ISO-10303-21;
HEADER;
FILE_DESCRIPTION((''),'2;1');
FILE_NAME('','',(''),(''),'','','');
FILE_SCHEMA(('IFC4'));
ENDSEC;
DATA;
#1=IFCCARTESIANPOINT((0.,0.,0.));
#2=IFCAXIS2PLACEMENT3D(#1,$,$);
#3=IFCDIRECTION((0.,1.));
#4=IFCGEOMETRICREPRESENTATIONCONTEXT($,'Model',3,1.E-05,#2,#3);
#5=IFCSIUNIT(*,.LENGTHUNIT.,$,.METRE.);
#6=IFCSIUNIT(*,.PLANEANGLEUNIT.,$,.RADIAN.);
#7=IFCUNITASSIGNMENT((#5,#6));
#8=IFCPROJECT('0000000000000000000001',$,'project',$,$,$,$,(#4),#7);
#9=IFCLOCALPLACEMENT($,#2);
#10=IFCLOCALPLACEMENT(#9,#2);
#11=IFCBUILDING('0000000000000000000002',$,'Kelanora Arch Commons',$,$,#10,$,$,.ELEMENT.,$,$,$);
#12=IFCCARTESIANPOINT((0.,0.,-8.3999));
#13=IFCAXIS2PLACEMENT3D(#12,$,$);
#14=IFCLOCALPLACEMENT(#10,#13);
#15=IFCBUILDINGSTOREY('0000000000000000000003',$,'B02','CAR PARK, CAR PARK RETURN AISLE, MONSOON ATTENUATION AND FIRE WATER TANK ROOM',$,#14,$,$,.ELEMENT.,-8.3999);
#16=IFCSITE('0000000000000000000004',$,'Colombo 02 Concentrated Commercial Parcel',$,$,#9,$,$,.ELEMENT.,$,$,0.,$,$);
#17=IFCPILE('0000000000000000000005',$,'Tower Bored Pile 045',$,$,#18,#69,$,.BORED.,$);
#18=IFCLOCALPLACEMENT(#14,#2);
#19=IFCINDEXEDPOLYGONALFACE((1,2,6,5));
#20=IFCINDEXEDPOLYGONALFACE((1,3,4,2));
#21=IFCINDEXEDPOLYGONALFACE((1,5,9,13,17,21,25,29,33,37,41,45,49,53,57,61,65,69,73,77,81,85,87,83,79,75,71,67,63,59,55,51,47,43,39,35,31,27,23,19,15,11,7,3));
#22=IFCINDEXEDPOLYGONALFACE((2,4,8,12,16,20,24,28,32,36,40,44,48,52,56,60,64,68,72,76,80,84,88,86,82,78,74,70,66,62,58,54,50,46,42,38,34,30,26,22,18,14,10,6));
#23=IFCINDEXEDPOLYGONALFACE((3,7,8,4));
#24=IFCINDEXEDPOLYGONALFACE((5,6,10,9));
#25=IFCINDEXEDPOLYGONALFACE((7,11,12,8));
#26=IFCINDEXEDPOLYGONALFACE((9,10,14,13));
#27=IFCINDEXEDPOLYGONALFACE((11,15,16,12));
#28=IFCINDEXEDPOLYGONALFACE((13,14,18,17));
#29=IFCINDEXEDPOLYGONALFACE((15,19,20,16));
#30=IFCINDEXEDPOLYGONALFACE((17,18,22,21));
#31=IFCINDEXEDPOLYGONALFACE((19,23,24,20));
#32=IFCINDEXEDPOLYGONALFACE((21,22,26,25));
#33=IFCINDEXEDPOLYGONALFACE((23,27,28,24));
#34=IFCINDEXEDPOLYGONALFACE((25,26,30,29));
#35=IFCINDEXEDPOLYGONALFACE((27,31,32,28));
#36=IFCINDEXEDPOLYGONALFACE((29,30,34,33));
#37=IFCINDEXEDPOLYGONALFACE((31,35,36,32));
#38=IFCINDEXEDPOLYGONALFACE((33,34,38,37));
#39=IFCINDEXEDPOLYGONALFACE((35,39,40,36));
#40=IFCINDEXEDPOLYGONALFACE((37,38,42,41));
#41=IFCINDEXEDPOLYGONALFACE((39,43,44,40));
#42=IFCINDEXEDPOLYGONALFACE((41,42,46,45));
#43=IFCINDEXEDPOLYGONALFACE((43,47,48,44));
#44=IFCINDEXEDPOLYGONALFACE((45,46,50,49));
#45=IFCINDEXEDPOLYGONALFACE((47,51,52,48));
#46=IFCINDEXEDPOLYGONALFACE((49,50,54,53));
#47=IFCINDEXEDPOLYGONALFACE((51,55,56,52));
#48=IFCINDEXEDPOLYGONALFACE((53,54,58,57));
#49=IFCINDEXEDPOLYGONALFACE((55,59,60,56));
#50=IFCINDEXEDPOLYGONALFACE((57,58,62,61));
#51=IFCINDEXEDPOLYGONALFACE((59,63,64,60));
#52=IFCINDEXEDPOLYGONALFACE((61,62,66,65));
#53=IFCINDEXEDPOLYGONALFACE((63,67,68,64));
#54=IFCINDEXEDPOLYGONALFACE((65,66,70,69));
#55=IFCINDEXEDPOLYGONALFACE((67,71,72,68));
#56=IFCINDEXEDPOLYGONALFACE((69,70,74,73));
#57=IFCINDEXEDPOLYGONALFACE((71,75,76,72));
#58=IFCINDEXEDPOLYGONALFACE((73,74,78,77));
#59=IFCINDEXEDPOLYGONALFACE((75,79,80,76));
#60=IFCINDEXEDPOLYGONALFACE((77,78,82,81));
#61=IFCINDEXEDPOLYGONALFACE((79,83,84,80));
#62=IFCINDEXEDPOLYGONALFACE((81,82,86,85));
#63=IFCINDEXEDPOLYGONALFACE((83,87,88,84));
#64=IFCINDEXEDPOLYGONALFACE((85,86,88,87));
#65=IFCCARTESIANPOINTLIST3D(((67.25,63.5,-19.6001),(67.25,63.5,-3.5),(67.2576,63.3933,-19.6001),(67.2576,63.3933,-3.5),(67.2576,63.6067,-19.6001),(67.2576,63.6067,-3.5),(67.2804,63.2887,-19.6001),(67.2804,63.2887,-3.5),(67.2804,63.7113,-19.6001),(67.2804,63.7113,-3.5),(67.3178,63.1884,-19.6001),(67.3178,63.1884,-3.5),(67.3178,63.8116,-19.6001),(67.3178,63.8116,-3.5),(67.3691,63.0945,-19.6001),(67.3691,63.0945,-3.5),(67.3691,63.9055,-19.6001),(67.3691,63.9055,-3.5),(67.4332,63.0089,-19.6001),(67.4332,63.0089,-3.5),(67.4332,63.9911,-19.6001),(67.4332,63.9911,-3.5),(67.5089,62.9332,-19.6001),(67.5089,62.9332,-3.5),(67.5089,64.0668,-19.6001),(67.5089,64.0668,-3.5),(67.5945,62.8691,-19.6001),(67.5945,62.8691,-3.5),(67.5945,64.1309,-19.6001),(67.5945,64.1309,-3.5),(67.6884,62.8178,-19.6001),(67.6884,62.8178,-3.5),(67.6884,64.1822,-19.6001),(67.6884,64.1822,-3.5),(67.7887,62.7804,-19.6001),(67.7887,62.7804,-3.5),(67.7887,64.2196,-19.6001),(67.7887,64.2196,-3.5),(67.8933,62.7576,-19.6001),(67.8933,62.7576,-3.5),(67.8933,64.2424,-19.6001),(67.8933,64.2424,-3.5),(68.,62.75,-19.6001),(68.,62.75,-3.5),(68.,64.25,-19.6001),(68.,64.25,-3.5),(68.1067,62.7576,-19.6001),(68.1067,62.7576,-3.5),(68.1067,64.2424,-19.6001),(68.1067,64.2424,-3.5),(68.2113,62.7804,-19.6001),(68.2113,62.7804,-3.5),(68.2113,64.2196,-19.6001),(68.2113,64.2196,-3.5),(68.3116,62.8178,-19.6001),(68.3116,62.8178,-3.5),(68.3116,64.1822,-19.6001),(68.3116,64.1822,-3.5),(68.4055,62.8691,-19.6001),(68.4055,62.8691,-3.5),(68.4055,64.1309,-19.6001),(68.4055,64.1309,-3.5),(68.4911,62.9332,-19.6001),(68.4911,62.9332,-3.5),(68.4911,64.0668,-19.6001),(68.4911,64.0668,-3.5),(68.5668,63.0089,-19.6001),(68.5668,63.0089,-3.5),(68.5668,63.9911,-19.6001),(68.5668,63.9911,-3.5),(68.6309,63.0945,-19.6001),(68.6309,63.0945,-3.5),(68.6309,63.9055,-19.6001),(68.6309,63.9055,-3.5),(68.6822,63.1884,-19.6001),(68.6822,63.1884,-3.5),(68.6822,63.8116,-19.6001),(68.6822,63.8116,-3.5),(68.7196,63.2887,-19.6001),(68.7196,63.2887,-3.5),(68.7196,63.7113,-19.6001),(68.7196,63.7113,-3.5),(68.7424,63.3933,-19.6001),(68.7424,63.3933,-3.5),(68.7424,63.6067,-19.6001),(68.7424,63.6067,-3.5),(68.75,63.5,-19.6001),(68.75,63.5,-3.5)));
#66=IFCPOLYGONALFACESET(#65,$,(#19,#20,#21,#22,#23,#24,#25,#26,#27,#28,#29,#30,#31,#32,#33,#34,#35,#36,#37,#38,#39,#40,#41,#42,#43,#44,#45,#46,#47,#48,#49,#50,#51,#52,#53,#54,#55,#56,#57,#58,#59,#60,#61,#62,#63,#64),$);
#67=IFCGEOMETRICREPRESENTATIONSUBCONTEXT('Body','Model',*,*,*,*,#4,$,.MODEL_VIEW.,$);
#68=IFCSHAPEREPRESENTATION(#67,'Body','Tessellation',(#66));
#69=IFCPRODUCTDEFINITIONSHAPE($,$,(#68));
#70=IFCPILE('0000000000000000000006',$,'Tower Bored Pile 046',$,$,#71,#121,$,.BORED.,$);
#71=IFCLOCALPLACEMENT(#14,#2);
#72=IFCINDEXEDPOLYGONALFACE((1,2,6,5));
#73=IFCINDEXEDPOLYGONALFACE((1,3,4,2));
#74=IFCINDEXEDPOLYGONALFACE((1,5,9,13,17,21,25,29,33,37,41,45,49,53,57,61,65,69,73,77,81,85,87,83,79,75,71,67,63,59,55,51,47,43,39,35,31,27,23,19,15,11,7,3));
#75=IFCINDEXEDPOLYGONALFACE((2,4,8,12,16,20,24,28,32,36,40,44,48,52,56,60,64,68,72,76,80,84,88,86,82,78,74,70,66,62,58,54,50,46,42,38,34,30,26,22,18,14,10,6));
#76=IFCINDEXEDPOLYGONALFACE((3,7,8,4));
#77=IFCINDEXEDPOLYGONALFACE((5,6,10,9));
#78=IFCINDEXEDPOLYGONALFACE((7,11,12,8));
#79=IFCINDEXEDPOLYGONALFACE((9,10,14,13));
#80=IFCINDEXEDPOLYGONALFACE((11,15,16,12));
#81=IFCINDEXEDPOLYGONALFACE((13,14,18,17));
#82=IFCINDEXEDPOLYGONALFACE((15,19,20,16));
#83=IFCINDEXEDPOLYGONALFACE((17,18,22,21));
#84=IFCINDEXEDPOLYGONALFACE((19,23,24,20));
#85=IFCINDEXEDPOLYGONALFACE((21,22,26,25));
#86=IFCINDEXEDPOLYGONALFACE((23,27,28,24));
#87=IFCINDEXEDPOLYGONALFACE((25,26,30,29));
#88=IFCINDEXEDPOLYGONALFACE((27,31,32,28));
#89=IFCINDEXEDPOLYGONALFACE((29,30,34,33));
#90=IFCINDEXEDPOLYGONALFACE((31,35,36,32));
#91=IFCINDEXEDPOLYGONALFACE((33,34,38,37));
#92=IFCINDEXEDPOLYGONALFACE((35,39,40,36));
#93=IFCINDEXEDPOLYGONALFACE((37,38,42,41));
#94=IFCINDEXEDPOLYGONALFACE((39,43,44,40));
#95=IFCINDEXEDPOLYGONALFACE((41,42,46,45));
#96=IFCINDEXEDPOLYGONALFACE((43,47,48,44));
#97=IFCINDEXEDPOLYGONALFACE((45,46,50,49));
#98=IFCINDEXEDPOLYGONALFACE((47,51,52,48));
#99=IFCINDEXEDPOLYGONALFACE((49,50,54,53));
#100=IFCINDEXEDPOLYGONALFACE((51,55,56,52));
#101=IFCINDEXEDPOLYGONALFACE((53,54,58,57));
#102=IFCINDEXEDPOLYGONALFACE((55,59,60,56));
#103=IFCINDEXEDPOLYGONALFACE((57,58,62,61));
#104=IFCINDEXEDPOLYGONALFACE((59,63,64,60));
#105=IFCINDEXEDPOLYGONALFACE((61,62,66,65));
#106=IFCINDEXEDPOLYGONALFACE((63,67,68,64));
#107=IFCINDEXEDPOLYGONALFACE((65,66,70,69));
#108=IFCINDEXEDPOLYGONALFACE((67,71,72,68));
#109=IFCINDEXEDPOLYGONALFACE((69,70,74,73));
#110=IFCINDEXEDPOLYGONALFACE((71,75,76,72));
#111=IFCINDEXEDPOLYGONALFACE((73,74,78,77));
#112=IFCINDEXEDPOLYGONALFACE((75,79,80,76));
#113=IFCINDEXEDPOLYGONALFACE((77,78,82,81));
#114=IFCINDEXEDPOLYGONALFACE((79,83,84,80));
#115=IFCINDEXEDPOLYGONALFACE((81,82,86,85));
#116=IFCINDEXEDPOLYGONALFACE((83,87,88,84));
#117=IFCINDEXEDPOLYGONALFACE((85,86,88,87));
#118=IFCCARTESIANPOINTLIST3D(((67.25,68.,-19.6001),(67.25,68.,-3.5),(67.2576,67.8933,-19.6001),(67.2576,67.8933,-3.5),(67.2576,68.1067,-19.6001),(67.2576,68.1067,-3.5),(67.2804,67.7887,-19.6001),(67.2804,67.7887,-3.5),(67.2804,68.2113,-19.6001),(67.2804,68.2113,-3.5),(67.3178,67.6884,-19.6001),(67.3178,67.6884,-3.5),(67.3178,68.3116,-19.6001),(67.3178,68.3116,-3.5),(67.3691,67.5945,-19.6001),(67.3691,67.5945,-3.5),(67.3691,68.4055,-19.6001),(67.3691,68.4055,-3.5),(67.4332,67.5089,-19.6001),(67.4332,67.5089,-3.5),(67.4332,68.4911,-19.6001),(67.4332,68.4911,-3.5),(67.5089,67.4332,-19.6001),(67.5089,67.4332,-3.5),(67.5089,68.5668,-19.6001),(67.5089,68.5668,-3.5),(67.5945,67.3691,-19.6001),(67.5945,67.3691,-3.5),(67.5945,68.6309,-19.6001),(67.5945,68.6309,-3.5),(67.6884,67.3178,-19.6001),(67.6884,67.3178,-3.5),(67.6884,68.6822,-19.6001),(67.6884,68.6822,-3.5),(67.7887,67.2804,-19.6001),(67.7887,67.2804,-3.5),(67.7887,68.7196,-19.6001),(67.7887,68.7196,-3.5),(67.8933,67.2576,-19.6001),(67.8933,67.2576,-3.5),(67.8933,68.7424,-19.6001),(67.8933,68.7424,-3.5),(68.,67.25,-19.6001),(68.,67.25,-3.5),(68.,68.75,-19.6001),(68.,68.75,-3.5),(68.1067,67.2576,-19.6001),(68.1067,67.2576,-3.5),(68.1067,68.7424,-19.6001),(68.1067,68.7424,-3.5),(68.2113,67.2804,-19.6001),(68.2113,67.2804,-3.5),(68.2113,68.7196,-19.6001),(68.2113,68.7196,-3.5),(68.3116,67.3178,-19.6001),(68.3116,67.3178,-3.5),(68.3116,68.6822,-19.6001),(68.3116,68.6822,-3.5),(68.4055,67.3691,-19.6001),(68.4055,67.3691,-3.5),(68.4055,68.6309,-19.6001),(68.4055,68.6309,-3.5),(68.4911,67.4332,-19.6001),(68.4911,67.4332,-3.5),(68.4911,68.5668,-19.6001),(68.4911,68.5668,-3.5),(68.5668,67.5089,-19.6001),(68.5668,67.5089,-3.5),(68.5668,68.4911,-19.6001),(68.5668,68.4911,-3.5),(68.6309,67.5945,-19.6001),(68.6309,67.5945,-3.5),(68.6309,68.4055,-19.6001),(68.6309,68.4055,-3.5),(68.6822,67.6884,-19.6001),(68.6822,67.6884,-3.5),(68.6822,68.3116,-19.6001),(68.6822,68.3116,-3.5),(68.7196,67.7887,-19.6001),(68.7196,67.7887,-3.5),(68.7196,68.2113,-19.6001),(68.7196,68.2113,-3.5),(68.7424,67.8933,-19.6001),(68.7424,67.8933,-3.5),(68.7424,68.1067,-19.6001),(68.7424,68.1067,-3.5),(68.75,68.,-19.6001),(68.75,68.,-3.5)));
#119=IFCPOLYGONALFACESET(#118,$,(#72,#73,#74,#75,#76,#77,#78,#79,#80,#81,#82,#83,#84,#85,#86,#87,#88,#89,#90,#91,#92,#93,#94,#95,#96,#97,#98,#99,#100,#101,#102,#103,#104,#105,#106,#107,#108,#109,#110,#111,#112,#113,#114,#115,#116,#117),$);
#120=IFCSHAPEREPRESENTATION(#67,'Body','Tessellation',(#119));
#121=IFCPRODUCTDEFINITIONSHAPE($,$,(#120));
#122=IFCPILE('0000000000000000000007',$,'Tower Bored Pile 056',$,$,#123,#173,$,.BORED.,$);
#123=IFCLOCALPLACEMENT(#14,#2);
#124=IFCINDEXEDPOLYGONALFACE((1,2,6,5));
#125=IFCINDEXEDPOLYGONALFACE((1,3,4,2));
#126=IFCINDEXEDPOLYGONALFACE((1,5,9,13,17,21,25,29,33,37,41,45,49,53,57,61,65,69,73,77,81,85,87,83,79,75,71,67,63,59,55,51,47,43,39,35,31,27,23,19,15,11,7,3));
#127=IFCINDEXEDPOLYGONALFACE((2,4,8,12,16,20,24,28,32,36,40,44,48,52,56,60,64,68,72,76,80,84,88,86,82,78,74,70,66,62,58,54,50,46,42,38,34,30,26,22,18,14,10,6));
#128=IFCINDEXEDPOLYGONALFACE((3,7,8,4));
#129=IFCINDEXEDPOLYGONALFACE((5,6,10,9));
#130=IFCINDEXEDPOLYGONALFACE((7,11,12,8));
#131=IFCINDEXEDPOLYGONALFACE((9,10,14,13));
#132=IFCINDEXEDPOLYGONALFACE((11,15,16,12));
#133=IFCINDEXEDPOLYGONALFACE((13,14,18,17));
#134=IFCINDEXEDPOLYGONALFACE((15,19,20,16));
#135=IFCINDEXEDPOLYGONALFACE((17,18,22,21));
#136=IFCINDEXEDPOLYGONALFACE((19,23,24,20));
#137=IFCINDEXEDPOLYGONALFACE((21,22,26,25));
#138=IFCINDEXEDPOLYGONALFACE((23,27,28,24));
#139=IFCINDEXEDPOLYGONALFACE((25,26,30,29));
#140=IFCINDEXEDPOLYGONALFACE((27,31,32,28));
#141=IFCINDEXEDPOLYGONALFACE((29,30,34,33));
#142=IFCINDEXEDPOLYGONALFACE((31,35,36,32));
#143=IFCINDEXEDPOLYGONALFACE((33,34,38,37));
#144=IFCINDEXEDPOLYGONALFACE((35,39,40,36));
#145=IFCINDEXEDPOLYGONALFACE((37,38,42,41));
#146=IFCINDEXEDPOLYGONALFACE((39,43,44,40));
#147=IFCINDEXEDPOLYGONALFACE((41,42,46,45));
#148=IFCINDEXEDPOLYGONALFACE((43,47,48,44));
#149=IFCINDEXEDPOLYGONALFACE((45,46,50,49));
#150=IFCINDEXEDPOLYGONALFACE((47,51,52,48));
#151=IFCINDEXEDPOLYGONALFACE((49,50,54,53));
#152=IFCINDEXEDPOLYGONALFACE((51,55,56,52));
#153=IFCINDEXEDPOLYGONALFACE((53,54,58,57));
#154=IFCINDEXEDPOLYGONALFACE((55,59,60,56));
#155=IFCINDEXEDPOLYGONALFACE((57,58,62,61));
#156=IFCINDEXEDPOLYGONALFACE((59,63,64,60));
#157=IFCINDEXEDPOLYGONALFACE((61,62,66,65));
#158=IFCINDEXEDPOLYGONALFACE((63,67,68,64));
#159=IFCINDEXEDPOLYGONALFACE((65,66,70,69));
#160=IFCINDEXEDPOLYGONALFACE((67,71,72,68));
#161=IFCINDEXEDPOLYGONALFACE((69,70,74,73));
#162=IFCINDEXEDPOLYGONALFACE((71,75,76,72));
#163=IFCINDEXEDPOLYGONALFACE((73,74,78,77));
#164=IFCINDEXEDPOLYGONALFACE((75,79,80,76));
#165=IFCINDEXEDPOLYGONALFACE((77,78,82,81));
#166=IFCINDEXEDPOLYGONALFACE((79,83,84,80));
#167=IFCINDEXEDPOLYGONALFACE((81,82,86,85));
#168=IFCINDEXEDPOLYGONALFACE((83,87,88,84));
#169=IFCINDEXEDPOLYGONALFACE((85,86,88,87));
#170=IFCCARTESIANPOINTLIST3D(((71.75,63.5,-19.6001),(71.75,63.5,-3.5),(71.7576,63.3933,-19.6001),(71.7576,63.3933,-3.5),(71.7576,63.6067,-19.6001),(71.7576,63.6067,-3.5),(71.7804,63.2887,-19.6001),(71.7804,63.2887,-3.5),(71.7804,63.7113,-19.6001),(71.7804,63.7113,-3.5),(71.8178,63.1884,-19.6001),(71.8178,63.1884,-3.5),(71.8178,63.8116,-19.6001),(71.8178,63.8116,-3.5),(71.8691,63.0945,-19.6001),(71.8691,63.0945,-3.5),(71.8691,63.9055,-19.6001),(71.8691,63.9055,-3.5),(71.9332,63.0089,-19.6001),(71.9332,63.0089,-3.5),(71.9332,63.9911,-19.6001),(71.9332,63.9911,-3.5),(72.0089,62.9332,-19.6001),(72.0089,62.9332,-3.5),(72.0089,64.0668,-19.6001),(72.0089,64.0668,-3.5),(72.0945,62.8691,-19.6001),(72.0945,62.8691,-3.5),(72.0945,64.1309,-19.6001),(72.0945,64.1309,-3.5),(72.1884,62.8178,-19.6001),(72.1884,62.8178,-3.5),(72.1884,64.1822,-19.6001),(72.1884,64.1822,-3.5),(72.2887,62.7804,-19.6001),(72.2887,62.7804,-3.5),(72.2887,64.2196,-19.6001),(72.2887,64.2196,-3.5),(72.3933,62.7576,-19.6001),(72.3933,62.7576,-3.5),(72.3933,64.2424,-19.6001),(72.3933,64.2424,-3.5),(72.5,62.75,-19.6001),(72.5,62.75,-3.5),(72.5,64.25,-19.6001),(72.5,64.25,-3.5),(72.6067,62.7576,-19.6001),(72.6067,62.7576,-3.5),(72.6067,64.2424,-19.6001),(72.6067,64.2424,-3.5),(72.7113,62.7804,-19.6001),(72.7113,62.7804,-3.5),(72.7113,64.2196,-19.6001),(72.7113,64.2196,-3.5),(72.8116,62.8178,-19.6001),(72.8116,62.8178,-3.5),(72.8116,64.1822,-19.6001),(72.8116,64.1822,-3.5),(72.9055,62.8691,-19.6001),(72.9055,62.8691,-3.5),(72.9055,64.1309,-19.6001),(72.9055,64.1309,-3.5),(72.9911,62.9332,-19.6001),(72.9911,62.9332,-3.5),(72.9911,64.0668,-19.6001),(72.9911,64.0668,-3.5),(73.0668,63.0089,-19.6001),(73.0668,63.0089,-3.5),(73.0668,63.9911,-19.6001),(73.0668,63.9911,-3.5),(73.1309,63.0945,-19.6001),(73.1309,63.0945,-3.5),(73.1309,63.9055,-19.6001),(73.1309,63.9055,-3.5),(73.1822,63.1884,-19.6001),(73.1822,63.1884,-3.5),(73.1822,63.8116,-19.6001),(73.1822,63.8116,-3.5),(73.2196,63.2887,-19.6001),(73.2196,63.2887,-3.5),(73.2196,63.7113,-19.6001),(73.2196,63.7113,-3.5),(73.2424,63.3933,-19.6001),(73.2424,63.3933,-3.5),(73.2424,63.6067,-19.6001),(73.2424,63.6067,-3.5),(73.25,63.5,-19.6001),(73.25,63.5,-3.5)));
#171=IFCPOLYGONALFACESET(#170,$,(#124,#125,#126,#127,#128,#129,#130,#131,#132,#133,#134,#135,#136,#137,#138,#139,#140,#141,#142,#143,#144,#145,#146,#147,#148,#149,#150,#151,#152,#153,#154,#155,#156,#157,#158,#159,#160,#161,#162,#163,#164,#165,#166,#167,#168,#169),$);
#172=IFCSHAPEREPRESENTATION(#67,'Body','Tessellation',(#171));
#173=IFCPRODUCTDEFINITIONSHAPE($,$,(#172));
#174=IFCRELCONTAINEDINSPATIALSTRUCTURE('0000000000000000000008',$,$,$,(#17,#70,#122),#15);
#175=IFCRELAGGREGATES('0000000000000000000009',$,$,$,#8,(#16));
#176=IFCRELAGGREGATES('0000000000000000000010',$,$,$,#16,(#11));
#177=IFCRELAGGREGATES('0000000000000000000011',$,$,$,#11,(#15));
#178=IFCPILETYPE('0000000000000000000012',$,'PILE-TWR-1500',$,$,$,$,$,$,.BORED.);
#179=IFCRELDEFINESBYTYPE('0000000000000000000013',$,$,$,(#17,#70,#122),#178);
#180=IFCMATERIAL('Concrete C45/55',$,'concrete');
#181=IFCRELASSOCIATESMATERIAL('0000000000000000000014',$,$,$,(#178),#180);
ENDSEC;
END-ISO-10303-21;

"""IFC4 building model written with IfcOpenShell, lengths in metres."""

from ifc_helpers import new_model, si_unit, direction, frame, origin, origin_2d, place, context, subcontext, project, spatial, circle, extrude, source, transform, mapped, material, material_profile, profile_set, type_object, element, save


model = new_model("IFC4")

# Units and contexts
model_context = context("Model", 3, precision=1e-05, world=origin(), true_north=direction((0.0, 1.0)))
body_context = subcontext(model_context, "Body", "Model", "MODEL_VIEW")
ifc_project = project(units=[si_unit("LENGTHUNIT", "METRE"), si_unit("PLANEANGLEUNIT", "RADIAN")], contexts=[model_context])

# Site, building, storey
site_placement = place(None, origin())
site = spatial("IfcSite", under=ifc_project, at=site_placement, Name="Colombo 02 Concentrated Commercial Parcel", CompositionType="ELEMENT", RefElevation=0.0)
building_placement = place(site_placement, origin())
building = spatial("IfcBuilding", under=site, at=building_placement, Name="Kelanora Arch Commons", CompositionType="ELEMENT")
storey_placement = place(building_placement, frame((0.0, 0.0, -8.3999)))
storey = spatial("IfcBuildingStorey", under=building, at=storey_placement, Name="B02", Description="CAR PARK, CAR PARK RETURN AISLE, MONSOON ATTENUATION AND FIRE WATER TANK ROOM", CompositionType="ELEMENT", Elevation=-8.3999)

# Piles
ifc_material_1 = material(Name="Concrete C45/55", Category="concrete")
ifc_material_profile_1 = material_profile(ifc_material_1, circle(Radius=0.75, at=origin_2d()), Name="PILE1500")
ifc_profile_set_1 = profile_set([ifc_material_profile_1], Name="Concrete C45/55")
pile_type = type_object("IfcPileType", Name="PILE-TWR-1500", PredefinedType="BORED", material=ifc_profile_set_1)
shared_shape = source(origin(), body_context, "Body", "SweptSolid", [
    extrude(circle(Radius=0.75, at=origin_2d()), origin(), (0.0, 0.0, 1.0), 16.1001),
])
for number, where, z_axis, x_axis, name in (
    (1, (68.0, 63.5, -3.5), (0.0, 0.0, -1.0), (1.0, 0.0, 0.0), "Tower Bored Pile 045"),
    (2, (68.0, 68.0, -3.5), (0.0, 0.0, -1.0), (1.0, 0.0, 0.0), "Tower Bored Pile 046"),
    (3, (72.5, 63.5, -3.5), (0.0, 0.0, -1.0), (1.0, 0.0, 0.0), "Tower Bored Pile 056"),
):
    element("IfcPile", number, at=place(storey_placement, frame(where, z_axis=z_axis, x_axis=x_axis)), inside=storey, type_object=pile_type, Name=name, PredefinedType="BORED", context=body_context, shape_type="MappedRepresentation", body=[
        mapped(shared_shape, transform((0.0, 0.0, 0.0), scale=1.0)),
    ])

save(model, "model.ifc")
